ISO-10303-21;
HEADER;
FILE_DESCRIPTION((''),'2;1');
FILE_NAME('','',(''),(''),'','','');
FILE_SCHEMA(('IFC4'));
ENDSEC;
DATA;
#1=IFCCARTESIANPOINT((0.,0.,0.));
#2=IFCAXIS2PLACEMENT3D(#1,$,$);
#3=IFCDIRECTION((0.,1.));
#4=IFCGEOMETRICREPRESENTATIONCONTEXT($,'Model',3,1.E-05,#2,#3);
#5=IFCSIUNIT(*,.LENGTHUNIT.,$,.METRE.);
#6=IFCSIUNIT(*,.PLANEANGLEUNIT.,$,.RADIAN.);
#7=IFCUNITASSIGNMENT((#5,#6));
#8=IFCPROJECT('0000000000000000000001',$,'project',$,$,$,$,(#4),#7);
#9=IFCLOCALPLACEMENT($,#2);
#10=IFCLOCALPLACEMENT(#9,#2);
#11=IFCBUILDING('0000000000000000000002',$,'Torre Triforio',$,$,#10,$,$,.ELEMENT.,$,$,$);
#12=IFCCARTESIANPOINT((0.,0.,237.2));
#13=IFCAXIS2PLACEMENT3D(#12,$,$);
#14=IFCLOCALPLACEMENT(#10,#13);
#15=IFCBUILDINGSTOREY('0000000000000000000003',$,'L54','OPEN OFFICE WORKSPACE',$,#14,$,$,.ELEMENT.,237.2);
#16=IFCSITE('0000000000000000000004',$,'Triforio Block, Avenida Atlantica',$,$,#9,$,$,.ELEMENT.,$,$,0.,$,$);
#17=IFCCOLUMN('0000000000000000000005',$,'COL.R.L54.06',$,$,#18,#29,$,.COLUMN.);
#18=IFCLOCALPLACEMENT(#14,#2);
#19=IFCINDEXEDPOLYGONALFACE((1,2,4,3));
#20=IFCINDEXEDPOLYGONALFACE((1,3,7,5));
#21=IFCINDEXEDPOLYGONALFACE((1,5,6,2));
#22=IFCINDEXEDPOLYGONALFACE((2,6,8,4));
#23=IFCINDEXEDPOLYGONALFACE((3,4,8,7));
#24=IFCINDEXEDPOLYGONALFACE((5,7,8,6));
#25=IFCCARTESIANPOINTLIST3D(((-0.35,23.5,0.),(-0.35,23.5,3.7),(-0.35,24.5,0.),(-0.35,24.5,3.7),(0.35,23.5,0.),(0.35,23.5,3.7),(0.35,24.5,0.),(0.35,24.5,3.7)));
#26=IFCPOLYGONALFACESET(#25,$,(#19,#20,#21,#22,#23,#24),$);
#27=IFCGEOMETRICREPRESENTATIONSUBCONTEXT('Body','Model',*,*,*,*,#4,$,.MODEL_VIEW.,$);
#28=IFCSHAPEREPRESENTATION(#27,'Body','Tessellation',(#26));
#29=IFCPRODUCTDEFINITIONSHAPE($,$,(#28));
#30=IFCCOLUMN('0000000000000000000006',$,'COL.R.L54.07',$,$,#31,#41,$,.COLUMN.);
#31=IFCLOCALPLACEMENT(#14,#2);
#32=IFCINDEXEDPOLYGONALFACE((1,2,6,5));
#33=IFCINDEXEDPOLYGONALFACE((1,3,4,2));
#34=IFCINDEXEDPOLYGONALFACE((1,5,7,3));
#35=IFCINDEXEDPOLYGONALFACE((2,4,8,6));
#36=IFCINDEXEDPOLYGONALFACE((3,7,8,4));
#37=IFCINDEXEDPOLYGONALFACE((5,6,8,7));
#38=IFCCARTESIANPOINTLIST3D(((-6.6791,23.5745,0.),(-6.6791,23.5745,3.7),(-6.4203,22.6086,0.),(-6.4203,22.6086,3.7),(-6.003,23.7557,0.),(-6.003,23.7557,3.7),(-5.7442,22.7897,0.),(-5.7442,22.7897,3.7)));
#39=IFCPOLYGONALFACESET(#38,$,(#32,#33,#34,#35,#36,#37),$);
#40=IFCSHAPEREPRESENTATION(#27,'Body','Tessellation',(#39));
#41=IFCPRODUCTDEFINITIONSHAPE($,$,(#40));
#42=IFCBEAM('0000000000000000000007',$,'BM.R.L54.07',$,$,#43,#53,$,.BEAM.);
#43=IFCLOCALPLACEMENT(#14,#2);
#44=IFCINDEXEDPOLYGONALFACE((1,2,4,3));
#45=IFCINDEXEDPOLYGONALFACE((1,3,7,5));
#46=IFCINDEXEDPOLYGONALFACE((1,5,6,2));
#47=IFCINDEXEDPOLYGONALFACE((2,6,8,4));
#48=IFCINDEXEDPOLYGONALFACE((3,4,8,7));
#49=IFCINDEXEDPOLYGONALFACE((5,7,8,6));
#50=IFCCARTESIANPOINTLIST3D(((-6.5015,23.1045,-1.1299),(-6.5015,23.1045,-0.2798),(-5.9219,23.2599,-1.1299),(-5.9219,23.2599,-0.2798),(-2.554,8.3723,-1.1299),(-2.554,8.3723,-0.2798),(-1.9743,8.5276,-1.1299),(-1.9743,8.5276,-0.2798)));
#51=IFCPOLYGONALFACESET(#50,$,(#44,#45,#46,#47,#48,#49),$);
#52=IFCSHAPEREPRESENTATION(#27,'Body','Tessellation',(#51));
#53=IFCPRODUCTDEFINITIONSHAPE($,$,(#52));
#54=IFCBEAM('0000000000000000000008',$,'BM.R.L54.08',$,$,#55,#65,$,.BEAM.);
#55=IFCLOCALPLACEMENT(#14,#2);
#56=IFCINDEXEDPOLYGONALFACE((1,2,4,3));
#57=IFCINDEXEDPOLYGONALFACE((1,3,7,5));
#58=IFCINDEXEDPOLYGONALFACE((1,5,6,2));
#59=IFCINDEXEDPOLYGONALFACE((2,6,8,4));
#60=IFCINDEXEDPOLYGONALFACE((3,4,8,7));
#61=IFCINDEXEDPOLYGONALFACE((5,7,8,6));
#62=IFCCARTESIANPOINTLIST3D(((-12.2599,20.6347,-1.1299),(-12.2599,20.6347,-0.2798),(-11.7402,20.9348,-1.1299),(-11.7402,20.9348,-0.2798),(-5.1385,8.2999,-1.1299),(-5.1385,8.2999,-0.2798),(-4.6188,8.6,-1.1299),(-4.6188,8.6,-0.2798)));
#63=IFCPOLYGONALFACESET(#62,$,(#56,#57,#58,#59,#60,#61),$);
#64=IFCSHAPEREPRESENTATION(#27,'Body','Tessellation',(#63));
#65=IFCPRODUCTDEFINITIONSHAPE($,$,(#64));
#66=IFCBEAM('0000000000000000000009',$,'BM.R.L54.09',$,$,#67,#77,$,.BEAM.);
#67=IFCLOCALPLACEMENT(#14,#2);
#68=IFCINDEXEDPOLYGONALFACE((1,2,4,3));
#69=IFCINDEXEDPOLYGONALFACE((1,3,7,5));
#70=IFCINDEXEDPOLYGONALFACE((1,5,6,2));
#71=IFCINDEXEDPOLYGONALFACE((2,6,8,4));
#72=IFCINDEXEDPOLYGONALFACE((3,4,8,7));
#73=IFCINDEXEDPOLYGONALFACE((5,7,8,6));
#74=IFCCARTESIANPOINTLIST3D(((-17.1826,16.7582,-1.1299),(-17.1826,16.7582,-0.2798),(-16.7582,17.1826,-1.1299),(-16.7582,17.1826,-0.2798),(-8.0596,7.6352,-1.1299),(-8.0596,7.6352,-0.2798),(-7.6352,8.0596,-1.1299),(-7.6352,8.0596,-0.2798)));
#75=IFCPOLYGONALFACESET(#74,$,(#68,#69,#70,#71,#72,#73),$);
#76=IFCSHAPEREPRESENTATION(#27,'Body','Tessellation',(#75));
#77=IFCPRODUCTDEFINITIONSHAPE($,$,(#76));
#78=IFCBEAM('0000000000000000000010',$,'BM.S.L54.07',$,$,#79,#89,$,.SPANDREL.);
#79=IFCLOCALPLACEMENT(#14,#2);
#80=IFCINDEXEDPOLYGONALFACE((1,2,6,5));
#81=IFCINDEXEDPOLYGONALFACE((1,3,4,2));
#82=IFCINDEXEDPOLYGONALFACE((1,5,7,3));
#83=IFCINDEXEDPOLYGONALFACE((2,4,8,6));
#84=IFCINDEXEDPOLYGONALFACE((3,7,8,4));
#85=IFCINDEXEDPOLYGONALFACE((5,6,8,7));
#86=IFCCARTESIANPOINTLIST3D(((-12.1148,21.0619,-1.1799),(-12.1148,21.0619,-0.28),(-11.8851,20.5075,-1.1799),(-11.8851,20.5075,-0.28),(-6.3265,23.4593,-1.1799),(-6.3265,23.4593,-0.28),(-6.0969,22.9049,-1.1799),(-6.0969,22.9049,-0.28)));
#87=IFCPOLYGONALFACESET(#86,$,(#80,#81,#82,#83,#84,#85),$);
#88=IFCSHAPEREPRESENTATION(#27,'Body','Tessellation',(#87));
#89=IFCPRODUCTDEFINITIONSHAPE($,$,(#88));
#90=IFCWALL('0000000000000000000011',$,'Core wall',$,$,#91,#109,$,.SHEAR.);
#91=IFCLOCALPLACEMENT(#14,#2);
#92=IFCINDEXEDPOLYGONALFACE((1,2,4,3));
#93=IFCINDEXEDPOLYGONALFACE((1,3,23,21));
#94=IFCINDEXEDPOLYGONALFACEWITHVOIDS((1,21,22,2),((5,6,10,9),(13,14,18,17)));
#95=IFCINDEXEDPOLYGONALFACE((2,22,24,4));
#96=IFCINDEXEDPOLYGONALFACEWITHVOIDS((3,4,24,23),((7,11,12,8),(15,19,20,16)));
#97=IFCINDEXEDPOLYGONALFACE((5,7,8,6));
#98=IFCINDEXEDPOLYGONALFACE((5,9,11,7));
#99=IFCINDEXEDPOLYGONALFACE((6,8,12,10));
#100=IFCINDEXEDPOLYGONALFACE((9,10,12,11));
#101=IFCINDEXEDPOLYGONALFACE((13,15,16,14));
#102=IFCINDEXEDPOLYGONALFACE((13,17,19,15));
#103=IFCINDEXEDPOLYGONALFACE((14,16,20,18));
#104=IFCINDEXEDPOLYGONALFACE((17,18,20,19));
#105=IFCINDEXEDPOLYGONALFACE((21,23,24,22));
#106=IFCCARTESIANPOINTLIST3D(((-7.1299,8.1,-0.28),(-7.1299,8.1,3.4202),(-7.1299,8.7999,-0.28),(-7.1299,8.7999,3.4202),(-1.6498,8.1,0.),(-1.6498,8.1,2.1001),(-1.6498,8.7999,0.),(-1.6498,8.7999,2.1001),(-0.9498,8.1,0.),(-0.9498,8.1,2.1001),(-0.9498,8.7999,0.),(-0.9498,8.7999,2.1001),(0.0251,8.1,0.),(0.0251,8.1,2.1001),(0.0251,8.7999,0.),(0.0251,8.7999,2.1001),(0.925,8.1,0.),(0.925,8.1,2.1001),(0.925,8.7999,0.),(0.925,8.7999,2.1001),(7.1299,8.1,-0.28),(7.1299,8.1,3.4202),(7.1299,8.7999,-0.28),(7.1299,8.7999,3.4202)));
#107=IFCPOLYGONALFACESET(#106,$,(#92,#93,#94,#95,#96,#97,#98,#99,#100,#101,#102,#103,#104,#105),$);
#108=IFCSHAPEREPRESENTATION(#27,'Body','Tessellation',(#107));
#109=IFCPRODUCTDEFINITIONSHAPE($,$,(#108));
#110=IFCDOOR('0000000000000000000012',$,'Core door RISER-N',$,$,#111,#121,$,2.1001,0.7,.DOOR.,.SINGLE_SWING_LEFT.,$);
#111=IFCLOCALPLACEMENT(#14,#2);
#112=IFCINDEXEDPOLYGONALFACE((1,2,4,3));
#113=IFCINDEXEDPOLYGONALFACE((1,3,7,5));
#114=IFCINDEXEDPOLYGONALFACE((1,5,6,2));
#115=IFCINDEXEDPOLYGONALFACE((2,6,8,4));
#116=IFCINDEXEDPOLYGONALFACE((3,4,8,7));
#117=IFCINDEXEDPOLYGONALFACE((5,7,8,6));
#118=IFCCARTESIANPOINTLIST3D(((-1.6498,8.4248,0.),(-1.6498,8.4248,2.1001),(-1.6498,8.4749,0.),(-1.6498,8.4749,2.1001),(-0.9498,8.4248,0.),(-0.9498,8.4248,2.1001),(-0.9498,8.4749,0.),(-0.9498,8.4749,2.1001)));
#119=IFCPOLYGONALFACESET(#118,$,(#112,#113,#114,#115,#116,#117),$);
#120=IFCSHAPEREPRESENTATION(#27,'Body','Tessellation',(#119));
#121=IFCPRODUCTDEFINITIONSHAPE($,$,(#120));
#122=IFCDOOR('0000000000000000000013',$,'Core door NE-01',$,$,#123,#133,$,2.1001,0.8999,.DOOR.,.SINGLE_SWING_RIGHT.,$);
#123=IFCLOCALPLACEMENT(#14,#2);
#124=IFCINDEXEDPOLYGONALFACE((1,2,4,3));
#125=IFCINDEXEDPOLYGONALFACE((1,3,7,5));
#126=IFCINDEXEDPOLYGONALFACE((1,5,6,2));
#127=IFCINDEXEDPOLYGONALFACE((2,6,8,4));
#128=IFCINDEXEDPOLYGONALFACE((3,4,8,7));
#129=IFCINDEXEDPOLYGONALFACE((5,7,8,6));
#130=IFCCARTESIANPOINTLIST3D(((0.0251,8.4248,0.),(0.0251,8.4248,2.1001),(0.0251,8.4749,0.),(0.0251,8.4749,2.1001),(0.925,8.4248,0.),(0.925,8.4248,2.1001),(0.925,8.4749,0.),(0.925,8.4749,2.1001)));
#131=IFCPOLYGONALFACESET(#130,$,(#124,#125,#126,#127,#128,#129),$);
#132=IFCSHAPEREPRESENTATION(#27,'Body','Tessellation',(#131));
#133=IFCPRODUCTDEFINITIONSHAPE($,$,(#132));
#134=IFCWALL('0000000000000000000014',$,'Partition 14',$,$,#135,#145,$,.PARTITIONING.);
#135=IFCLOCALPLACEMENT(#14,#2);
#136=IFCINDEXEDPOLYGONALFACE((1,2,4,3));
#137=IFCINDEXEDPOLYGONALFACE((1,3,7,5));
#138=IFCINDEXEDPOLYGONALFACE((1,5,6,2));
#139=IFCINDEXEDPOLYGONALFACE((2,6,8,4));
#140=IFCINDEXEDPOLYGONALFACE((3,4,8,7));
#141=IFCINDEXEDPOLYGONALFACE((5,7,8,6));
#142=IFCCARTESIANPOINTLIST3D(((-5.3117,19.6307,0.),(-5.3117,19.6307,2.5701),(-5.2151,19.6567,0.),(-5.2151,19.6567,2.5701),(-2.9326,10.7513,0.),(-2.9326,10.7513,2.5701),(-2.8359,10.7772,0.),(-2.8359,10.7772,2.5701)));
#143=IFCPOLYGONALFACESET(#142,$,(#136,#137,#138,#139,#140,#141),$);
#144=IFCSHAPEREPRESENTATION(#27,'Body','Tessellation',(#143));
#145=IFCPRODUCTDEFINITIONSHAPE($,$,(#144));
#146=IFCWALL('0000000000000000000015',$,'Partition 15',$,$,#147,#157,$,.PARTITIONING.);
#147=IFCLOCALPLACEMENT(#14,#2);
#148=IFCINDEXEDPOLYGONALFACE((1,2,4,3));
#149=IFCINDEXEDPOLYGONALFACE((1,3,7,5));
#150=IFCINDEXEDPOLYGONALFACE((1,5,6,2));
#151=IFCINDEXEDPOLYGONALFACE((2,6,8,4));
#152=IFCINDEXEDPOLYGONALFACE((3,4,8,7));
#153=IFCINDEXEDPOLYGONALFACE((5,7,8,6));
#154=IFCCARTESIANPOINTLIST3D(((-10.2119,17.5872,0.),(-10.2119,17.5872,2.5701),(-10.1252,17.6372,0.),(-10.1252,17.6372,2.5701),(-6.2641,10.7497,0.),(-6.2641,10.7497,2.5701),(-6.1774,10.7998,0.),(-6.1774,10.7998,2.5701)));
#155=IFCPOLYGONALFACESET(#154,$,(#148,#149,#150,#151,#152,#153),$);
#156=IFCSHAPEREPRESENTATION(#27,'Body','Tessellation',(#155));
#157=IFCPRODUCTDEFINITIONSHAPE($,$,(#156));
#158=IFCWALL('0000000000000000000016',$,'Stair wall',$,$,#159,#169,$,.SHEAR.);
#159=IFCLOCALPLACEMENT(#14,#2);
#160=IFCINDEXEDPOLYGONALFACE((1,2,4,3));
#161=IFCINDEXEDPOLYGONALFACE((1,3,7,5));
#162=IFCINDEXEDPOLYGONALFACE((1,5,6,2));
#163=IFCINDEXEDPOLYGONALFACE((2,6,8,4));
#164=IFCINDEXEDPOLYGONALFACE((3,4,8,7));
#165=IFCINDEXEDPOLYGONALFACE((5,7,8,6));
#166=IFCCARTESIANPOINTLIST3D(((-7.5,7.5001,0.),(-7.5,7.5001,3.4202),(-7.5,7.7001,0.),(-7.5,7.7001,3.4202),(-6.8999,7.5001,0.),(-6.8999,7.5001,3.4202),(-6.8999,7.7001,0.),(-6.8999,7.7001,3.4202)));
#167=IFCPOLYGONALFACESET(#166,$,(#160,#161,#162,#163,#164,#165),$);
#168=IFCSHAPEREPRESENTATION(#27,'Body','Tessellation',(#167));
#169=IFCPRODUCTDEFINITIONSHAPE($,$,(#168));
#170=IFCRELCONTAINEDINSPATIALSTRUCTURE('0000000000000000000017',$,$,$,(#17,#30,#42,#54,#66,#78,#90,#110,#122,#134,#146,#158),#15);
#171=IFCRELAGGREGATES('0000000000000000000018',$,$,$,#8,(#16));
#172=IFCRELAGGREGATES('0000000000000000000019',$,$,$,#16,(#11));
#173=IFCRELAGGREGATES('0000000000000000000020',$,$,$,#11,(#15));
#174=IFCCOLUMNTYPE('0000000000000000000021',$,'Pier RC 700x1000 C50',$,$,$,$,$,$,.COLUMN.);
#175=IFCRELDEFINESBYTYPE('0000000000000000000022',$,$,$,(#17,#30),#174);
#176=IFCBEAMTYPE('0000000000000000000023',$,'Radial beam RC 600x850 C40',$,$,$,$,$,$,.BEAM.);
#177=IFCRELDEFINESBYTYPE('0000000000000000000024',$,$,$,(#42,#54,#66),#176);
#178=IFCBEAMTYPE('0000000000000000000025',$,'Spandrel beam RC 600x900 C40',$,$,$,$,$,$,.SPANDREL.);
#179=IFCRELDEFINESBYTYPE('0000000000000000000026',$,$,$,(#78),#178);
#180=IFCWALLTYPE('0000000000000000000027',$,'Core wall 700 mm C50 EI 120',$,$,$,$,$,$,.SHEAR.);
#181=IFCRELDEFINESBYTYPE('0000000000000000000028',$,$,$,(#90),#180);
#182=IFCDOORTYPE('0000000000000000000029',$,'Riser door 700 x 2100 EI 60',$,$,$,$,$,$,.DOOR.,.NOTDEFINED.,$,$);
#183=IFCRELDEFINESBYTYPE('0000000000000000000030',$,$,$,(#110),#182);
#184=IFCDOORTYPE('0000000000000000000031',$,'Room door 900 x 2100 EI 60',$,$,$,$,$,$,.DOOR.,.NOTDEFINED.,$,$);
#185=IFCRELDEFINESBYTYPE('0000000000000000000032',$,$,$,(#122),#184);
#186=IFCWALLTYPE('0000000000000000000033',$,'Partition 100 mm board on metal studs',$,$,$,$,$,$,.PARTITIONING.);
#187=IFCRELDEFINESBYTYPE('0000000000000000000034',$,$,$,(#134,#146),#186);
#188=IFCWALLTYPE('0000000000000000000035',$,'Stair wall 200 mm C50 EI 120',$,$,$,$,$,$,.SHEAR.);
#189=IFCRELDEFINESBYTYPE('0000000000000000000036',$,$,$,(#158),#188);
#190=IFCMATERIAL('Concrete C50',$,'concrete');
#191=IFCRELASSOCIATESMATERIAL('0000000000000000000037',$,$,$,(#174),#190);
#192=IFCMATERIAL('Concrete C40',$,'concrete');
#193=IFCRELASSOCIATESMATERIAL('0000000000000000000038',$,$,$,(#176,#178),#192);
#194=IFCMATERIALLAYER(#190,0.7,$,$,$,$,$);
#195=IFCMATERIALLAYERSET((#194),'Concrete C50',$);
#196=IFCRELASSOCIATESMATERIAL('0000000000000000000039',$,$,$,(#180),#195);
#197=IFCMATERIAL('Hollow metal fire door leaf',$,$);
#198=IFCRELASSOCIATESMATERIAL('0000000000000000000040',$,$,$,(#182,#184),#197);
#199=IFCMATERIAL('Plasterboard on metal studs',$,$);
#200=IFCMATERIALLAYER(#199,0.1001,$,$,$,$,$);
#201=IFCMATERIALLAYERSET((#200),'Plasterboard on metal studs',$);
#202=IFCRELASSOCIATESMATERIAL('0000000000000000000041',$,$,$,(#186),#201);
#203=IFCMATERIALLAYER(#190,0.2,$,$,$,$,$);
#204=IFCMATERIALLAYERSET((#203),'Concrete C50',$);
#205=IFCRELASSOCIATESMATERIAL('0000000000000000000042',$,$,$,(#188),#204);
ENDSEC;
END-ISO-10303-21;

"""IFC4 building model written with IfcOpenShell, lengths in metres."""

from ifc_helpers import new_model, si_unit, direction, frame, frame_2d, origin, origin_2d, place, context, subcontext, project, spatial, rectangle, extrude, material, layer, layer_set, material_profile, profile_set, type_object, element, fill, save


model = new_model("IFC4")

# Units and contexts
model_context = context("Model", 3, precision=1e-05, world=origin(), true_north=direction((0.0, 1.0)))
body_context = subcontext(model_context, "Body", "Model", "MODEL_VIEW")
ifc_project = project(units=[si_unit("LENGTHUNIT", "METRE"), si_unit("PLANEANGLEUNIT", "RADIAN")], contexts=[model_context])

# Site, building, storey
site_placement = place(None, origin())
site = spatial("IfcSite", under=ifc_project, at=site_placement, Name="Triforio Block, Avenida Atlantica", CompositionType="ELEMENT", RefElevation=0.0)
building_placement = place(site_placement, origin())
building = spatial("IfcBuilding", under=site, at=building_placement, Name="Torre Triforio", CompositionType="ELEMENT")
storey_placement = place(building_placement, frame((0.0, 0.0, 237.2)))
storey = spatial("IfcBuildingStorey", under=building, at=storey_placement, Name="L54", Description="OPEN OFFICE WORKSPACE", CompositionType="ELEMENT", Elevation=237.2)

# Columns
ifc_material_1 = material(Name="Concrete C50", Category="concrete")
ifc_material_profile_1 = material_profile(ifc_material_1, rectangle(XDim=0.7, YDim=1.0, at=origin_2d()), Name="RC 700x1000")
ifc_profile_set_1 = profile_set([ifc_material_profile_1], Name="Concrete C50")
column_type = type_object("IfcColumnType", Name="Pier RC 700x1000 C50", PredefinedType="COLUMN", material=ifc_profile_set_1)
for number, where, z_axis, x_axis, name in (
    (1, (0.0, 24.0, 0.0), (0.0, 0.0, 1.0), (-1.0, 0.0, 0.0), "COL.R.L54.06"),
    (2, (-6.2117, 23.1821, 0.0), (0.0, 0.0, 1.0), (-0.965926, -0.258819, 0.0), "COL.R.L54.07"),
):
    element("IfcColumn", number, at=place(storey_placement, frame(where, z_axis=z_axis, x_axis=x_axis)), inside=storey, type_object=column_type, Name=name, PredefinedType="COLUMN", context=body_context, shape_type="SweptSolid", body=[
        extrude(rectangle(XDim=0.7, YDim=1.0, at=origin_2d()), origin(), (0.0, 0.0, 1.0), 3.7),
    ])

# Beams
ifc_material_2 = material(Name="Concrete C40", Category="concrete")
ifc_material_profile_2 = material_profile(ifc_material_2, rectangle(XDim=0.6001, YDim=0.8501, at=origin_2d()), Name="RC 600x850")
ifc_profile_set_2 = profile_set([ifc_material_profile_2], Name="Concrete C40")
beam_type_1 = type_object("IfcBeamType", Name="Radial beam RC 600x850 C40", PredefinedType="BEAM", material=ifc_profile_set_2)
beam_1_placement = place(storey_placement, frame((-2.2642, 8.45, -0.7048), z_axis=(-0.258821, 0.965925, 0.0), x_axis=(-0.965925, -0.258821, 0.0)))
element("IfcBeam", 3, at=beam_1_placement, inside=storey, type_object=beam_type_1, Name="BM.R.L54.07", PredefinedType="BEAM", context=body_context, shape_type="SweptSolid", body=[
    extrude(rectangle(XDim=0.6001, YDim=0.8501, at=origin_2d()), origin(), (0.0, 0.0, 1.0), 15.252),
])
beam_2_placement = place(storey_placement, frame((-4.8787, 8.45, -0.7048), z_axis=(-0.499994, 0.866029, 0.0), x_axis=(-0.866029, -0.499994, 0.0)))
element("IfcBeam", 4, at=beam_2_placement, inside=storey, type_object=beam_type_1, Name="BM.R.L54.08", PredefinedType="BEAM", context=body_context, shape_type="SweptSolid", body=[
    extrude(rectangle(XDim=0.6001, YDim=0.8501, at=origin_2d()), origin(), (0.0, 0.0, 1.0), 14.2429),
])
beam_3_placement = place(storey_placement, frame((-7.8474, 7.8474, -0.7048), z_axis=(-0.707107, 0.707107, 0.0), x_axis=(-0.707107, -0.707107, 0.0)))
element("IfcBeam", 5, at=beam_3_placement, inside=storey, type_object=beam_type_1, Name="BM.R.L54.09", PredefinedType="BEAM", context=body_context, shape_type="SweptSolid", body=[
    extrude(rectangle(XDim=0.6001, YDim=0.8501, at=origin_2d()), origin(), (0.0, 0.0, 1.0), 12.9019),
])
ifc_material_profile_3 = material_profile(ifc_material_2, rectangle(XDim=0.6001, YDim=0.8999, at=origin_2d()), Name="RC 600x900")
ifc_profile_set_3 = profile_set([ifc_material_profile_3], Name="Concrete C40")
beam_type_2 = type_object("IfcBeamType", Name="Spandrel beam RC 600x900 C40", PredefinedType="SPANDREL", material=ifc_profile_set_3)
beam_4_placement = place(storey_placement, frame((-6.2117, 23.1821, -0.73), z_axis=(-0.923888, -0.382664, 0.0), x_axis=(0.382664, -0.923888, 0.0)))
element("IfcBeam", 6, at=beam_4_placement, inside=storey, type_object=beam_type_2, Name="BM.S.L54.07", PredefinedType="SPANDREL", context=body_context, shape_type="SweptSolid", body=[
    extrude(rectangle(XDim=0.6001, YDim=0.8999, at=origin_2d()), origin(), (0.0, 0.0, 1.0), 6.2651),
])

# Wall, openings, doors
ifc_layer_1 = layer(ifc_material_1, 0.7)
ifc_layer_set_1 = layer_set([ifc_layer_1], Name="Concrete C50")
wall_type_1 = type_object("IfcWallType", Name="Core wall 700 mm C50 EI 120", PredefinedType="SHEAR", material=ifc_layer_set_1)
wall_1_placement = place(storey_placement, frame((-7.1299, 8.45, -0.28), z_axis=(0.0, 0.0, 1.0), x_axis=(1.0, 0.0, 0.0)))
wall_1 = element("IfcWall", 7, at=wall_1_placement, inside=storey, type_object=wall_type_1, Name="Core wall", PredefinedType="SHEAR", context=body_context, shape_type="SweptSolid", body=[
    extrude(rectangle(XDim=14.2598, YDim=0.7, at=frame_2d((7.1299, 0.0))), origin(), (0.0, 0.0, 1.0), 3.7002),
])
opening_1_placement = place(wall_1_placement, frame((5.48, 0.0, 0.28)))
opening_1 = element("IfcOpeningElement", 8, at=opening_1_placement, cuts=wall_1, PredefinedType="OPENING", context=body_context, shape_type="SweptSolid", body=[
    extrude(rectangle(XDim=0.7, YDim=2.1001, at=frame_2d((0.3501, 1.05))), frame((0.0, 0.3599, 0.0), z_axis=(0.0, -1.0, 0.0), x_axis=(1.0, 0.0, 0.0)), (0.0, 0.0, 1.0), 0.72),
])
opening_2_placement = place(wall_1_placement, frame((7.155, 0.0, 0.28)))
opening_2 = element("IfcOpeningElement", 9, at=opening_2_placement, cuts=wall_1, PredefinedType="OPENING", context=body_context, shape_type="SweptSolid", body=[
    extrude(rectangle(XDim=0.8999, YDim=2.1001, at=frame_2d((0.45, 1.05))), frame((0.0, 0.3599, 0.0), z_axis=(0.0, -1.0, 0.0), x_axis=(1.0, 0.0, 0.0)), (0.0, 0.0, 1.0), 0.72),
])
ifc_material_3 = material(Name="Hollow metal fire door leaf")
door_type_1 = type_object("IfcDoorType", Name="Riser door 700 x 2100 EI 60", OperationType="NOTDEFINED", PredefinedType="DOOR", material=ifc_material_3)
door_1_placement = place(opening_1_placement, origin())
door_1 = element("IfcDoor", 10, at=door_1_placement, inside=storey, type_object=door_type_1, Name="Core door RISER-N", OperationType="SINGLE_SWING_LEFT", OverallHeight=2.1001, OverallWidth=0.7, PredefinedType="DOOR", context=body_context, shape_type="SweptSolid", body=[
    extrude(rectangle(XDim=0.7, YDim=2.1001, at=frame_2d((0.3501, 1.05))), frame((0.0, 0.0249, 0.0), z_axis=(0.0, -1.0, 0.0), x_axis=(1.0, 0.0, 0.0)), (0.0, 0.0, 1.0), 0.05),
])
fill(opening_1, door_1)
door_type_2 = type_object("IfcDoorType", Name="Room door 900 x 2100 EI 60", OperationType="NOTDEFINED", PredefinedType="DOOR", material=ifc_material_3)
door_2_placement = place(opening_2_placement, origin())
door_2 = element("IfcDoor", 11, at=door_2_placement, inside=storey, type_object=door_type_2, Name="Core door NE-01", OperationType="SINGLE_SWING_RIGHT", OverallHeight=2.1001, OverallWidth=0.8999, PredefinedType="DOOR", context=body_context, shape_type="SweptSolid", body=[
    extrude(rectangle(XDim=0.8999, YDim=2.1001, at=frame_2d((0.45, 1.05))), frame((0.0, 0.0249, 0.0), z_axis=(0.0, -1.0, 0.0), x_axis=(1.0, 0.0, 0.0)), (0.0, 0.0, 1.0), 0.05),
])
fill(opening_2, door_2)

# Walls
ifc_material_4 = material(Name="Plasterboard on metal studs")
ifc_layer_2 = layer(ifc_material_4, 0.1001)
ifc_layer_set_2 = layer_set([ifc_layer_2], Name="Plasterboard on metal studs")
wall_type_2 = type_object("IfcWallType", Name="Partition 100 mm board on metal studs", PredefinedType="PARTITIONING", material=ifc_layer_set_2)
wall_2_placement = place(storey_placement, frame((-2.8843, 10.7644, 0.0), z_axis=(0.0, 0.0, 1.0), x_axis=(-0.258811, 0.965928, 0.0)))
element("IfcWall", 12, at=wall_2_placement, inside=storey, type_object=wall_type_2, Name="Partition 14", PredefinedType="PARTITIONING", context=body_context, shape_type="SweptSolid", body=[
    extrude(rectangle(XDim=9.1926, YDim=0.1001, at=frame_2d((4.5962, 0.0))), origin(), (0.0, 0.0, 1.0), 2.5701),
])
wall_3_placement = place(storey_placement, frame((-6.2207, 10.7747, 0.0), z_axis=(0.0, 0.0, 1.0), x_axis=(-0.500017, 0.866016, 0.0)))
element("IfcWall", 13, at=wall_3_placement, inside=storey, type_object=wall_type_2, Name="Partition 15", PredefinedType="PARTITIONING", context=body_context, shape_type="SweptSolid", body=[
    extrude(rectangle(XDim=7.8953, YDim=0.1001, at=frame_2d((3.9478, 0.0))), origin(), (0.0, 0.0, 1.0), 2.5701),
])
ifc_layer_3 = layer(ifc_material_1, 0.2)
ifc_layer_set_3 = layer_set([ifc_layer_3], Name="Concrete C50")
wall_type_3 = type_object("IfcWallType", Name="Stair wall 200 mm C50 EI 120", PredefinedType="SHEAR", material=ifc_layer_set_3)
wall_4_placement = place(storey_placement, frame((-7.5, 7.6001, 0.0), z_axis=(0.0, 0.0, 1.0), x_axis=(1.0, 0.0, 0.0)))
element("IfcWall", 14, at=wall_4_placement, inside=storey, type_object=wall_type_3, Name="Stair wall", PredefinedType="SHEAR", context=body_context, shape_type="SweptSolid", body=[
    extrude(rectangle(XDim=0.6001, YDim=0.2, at=frame_2d((0.3, 0.0))), origin(), (0.0, 0.0, 1.0), 3.4202),
])

save(model, "model.ifc")
